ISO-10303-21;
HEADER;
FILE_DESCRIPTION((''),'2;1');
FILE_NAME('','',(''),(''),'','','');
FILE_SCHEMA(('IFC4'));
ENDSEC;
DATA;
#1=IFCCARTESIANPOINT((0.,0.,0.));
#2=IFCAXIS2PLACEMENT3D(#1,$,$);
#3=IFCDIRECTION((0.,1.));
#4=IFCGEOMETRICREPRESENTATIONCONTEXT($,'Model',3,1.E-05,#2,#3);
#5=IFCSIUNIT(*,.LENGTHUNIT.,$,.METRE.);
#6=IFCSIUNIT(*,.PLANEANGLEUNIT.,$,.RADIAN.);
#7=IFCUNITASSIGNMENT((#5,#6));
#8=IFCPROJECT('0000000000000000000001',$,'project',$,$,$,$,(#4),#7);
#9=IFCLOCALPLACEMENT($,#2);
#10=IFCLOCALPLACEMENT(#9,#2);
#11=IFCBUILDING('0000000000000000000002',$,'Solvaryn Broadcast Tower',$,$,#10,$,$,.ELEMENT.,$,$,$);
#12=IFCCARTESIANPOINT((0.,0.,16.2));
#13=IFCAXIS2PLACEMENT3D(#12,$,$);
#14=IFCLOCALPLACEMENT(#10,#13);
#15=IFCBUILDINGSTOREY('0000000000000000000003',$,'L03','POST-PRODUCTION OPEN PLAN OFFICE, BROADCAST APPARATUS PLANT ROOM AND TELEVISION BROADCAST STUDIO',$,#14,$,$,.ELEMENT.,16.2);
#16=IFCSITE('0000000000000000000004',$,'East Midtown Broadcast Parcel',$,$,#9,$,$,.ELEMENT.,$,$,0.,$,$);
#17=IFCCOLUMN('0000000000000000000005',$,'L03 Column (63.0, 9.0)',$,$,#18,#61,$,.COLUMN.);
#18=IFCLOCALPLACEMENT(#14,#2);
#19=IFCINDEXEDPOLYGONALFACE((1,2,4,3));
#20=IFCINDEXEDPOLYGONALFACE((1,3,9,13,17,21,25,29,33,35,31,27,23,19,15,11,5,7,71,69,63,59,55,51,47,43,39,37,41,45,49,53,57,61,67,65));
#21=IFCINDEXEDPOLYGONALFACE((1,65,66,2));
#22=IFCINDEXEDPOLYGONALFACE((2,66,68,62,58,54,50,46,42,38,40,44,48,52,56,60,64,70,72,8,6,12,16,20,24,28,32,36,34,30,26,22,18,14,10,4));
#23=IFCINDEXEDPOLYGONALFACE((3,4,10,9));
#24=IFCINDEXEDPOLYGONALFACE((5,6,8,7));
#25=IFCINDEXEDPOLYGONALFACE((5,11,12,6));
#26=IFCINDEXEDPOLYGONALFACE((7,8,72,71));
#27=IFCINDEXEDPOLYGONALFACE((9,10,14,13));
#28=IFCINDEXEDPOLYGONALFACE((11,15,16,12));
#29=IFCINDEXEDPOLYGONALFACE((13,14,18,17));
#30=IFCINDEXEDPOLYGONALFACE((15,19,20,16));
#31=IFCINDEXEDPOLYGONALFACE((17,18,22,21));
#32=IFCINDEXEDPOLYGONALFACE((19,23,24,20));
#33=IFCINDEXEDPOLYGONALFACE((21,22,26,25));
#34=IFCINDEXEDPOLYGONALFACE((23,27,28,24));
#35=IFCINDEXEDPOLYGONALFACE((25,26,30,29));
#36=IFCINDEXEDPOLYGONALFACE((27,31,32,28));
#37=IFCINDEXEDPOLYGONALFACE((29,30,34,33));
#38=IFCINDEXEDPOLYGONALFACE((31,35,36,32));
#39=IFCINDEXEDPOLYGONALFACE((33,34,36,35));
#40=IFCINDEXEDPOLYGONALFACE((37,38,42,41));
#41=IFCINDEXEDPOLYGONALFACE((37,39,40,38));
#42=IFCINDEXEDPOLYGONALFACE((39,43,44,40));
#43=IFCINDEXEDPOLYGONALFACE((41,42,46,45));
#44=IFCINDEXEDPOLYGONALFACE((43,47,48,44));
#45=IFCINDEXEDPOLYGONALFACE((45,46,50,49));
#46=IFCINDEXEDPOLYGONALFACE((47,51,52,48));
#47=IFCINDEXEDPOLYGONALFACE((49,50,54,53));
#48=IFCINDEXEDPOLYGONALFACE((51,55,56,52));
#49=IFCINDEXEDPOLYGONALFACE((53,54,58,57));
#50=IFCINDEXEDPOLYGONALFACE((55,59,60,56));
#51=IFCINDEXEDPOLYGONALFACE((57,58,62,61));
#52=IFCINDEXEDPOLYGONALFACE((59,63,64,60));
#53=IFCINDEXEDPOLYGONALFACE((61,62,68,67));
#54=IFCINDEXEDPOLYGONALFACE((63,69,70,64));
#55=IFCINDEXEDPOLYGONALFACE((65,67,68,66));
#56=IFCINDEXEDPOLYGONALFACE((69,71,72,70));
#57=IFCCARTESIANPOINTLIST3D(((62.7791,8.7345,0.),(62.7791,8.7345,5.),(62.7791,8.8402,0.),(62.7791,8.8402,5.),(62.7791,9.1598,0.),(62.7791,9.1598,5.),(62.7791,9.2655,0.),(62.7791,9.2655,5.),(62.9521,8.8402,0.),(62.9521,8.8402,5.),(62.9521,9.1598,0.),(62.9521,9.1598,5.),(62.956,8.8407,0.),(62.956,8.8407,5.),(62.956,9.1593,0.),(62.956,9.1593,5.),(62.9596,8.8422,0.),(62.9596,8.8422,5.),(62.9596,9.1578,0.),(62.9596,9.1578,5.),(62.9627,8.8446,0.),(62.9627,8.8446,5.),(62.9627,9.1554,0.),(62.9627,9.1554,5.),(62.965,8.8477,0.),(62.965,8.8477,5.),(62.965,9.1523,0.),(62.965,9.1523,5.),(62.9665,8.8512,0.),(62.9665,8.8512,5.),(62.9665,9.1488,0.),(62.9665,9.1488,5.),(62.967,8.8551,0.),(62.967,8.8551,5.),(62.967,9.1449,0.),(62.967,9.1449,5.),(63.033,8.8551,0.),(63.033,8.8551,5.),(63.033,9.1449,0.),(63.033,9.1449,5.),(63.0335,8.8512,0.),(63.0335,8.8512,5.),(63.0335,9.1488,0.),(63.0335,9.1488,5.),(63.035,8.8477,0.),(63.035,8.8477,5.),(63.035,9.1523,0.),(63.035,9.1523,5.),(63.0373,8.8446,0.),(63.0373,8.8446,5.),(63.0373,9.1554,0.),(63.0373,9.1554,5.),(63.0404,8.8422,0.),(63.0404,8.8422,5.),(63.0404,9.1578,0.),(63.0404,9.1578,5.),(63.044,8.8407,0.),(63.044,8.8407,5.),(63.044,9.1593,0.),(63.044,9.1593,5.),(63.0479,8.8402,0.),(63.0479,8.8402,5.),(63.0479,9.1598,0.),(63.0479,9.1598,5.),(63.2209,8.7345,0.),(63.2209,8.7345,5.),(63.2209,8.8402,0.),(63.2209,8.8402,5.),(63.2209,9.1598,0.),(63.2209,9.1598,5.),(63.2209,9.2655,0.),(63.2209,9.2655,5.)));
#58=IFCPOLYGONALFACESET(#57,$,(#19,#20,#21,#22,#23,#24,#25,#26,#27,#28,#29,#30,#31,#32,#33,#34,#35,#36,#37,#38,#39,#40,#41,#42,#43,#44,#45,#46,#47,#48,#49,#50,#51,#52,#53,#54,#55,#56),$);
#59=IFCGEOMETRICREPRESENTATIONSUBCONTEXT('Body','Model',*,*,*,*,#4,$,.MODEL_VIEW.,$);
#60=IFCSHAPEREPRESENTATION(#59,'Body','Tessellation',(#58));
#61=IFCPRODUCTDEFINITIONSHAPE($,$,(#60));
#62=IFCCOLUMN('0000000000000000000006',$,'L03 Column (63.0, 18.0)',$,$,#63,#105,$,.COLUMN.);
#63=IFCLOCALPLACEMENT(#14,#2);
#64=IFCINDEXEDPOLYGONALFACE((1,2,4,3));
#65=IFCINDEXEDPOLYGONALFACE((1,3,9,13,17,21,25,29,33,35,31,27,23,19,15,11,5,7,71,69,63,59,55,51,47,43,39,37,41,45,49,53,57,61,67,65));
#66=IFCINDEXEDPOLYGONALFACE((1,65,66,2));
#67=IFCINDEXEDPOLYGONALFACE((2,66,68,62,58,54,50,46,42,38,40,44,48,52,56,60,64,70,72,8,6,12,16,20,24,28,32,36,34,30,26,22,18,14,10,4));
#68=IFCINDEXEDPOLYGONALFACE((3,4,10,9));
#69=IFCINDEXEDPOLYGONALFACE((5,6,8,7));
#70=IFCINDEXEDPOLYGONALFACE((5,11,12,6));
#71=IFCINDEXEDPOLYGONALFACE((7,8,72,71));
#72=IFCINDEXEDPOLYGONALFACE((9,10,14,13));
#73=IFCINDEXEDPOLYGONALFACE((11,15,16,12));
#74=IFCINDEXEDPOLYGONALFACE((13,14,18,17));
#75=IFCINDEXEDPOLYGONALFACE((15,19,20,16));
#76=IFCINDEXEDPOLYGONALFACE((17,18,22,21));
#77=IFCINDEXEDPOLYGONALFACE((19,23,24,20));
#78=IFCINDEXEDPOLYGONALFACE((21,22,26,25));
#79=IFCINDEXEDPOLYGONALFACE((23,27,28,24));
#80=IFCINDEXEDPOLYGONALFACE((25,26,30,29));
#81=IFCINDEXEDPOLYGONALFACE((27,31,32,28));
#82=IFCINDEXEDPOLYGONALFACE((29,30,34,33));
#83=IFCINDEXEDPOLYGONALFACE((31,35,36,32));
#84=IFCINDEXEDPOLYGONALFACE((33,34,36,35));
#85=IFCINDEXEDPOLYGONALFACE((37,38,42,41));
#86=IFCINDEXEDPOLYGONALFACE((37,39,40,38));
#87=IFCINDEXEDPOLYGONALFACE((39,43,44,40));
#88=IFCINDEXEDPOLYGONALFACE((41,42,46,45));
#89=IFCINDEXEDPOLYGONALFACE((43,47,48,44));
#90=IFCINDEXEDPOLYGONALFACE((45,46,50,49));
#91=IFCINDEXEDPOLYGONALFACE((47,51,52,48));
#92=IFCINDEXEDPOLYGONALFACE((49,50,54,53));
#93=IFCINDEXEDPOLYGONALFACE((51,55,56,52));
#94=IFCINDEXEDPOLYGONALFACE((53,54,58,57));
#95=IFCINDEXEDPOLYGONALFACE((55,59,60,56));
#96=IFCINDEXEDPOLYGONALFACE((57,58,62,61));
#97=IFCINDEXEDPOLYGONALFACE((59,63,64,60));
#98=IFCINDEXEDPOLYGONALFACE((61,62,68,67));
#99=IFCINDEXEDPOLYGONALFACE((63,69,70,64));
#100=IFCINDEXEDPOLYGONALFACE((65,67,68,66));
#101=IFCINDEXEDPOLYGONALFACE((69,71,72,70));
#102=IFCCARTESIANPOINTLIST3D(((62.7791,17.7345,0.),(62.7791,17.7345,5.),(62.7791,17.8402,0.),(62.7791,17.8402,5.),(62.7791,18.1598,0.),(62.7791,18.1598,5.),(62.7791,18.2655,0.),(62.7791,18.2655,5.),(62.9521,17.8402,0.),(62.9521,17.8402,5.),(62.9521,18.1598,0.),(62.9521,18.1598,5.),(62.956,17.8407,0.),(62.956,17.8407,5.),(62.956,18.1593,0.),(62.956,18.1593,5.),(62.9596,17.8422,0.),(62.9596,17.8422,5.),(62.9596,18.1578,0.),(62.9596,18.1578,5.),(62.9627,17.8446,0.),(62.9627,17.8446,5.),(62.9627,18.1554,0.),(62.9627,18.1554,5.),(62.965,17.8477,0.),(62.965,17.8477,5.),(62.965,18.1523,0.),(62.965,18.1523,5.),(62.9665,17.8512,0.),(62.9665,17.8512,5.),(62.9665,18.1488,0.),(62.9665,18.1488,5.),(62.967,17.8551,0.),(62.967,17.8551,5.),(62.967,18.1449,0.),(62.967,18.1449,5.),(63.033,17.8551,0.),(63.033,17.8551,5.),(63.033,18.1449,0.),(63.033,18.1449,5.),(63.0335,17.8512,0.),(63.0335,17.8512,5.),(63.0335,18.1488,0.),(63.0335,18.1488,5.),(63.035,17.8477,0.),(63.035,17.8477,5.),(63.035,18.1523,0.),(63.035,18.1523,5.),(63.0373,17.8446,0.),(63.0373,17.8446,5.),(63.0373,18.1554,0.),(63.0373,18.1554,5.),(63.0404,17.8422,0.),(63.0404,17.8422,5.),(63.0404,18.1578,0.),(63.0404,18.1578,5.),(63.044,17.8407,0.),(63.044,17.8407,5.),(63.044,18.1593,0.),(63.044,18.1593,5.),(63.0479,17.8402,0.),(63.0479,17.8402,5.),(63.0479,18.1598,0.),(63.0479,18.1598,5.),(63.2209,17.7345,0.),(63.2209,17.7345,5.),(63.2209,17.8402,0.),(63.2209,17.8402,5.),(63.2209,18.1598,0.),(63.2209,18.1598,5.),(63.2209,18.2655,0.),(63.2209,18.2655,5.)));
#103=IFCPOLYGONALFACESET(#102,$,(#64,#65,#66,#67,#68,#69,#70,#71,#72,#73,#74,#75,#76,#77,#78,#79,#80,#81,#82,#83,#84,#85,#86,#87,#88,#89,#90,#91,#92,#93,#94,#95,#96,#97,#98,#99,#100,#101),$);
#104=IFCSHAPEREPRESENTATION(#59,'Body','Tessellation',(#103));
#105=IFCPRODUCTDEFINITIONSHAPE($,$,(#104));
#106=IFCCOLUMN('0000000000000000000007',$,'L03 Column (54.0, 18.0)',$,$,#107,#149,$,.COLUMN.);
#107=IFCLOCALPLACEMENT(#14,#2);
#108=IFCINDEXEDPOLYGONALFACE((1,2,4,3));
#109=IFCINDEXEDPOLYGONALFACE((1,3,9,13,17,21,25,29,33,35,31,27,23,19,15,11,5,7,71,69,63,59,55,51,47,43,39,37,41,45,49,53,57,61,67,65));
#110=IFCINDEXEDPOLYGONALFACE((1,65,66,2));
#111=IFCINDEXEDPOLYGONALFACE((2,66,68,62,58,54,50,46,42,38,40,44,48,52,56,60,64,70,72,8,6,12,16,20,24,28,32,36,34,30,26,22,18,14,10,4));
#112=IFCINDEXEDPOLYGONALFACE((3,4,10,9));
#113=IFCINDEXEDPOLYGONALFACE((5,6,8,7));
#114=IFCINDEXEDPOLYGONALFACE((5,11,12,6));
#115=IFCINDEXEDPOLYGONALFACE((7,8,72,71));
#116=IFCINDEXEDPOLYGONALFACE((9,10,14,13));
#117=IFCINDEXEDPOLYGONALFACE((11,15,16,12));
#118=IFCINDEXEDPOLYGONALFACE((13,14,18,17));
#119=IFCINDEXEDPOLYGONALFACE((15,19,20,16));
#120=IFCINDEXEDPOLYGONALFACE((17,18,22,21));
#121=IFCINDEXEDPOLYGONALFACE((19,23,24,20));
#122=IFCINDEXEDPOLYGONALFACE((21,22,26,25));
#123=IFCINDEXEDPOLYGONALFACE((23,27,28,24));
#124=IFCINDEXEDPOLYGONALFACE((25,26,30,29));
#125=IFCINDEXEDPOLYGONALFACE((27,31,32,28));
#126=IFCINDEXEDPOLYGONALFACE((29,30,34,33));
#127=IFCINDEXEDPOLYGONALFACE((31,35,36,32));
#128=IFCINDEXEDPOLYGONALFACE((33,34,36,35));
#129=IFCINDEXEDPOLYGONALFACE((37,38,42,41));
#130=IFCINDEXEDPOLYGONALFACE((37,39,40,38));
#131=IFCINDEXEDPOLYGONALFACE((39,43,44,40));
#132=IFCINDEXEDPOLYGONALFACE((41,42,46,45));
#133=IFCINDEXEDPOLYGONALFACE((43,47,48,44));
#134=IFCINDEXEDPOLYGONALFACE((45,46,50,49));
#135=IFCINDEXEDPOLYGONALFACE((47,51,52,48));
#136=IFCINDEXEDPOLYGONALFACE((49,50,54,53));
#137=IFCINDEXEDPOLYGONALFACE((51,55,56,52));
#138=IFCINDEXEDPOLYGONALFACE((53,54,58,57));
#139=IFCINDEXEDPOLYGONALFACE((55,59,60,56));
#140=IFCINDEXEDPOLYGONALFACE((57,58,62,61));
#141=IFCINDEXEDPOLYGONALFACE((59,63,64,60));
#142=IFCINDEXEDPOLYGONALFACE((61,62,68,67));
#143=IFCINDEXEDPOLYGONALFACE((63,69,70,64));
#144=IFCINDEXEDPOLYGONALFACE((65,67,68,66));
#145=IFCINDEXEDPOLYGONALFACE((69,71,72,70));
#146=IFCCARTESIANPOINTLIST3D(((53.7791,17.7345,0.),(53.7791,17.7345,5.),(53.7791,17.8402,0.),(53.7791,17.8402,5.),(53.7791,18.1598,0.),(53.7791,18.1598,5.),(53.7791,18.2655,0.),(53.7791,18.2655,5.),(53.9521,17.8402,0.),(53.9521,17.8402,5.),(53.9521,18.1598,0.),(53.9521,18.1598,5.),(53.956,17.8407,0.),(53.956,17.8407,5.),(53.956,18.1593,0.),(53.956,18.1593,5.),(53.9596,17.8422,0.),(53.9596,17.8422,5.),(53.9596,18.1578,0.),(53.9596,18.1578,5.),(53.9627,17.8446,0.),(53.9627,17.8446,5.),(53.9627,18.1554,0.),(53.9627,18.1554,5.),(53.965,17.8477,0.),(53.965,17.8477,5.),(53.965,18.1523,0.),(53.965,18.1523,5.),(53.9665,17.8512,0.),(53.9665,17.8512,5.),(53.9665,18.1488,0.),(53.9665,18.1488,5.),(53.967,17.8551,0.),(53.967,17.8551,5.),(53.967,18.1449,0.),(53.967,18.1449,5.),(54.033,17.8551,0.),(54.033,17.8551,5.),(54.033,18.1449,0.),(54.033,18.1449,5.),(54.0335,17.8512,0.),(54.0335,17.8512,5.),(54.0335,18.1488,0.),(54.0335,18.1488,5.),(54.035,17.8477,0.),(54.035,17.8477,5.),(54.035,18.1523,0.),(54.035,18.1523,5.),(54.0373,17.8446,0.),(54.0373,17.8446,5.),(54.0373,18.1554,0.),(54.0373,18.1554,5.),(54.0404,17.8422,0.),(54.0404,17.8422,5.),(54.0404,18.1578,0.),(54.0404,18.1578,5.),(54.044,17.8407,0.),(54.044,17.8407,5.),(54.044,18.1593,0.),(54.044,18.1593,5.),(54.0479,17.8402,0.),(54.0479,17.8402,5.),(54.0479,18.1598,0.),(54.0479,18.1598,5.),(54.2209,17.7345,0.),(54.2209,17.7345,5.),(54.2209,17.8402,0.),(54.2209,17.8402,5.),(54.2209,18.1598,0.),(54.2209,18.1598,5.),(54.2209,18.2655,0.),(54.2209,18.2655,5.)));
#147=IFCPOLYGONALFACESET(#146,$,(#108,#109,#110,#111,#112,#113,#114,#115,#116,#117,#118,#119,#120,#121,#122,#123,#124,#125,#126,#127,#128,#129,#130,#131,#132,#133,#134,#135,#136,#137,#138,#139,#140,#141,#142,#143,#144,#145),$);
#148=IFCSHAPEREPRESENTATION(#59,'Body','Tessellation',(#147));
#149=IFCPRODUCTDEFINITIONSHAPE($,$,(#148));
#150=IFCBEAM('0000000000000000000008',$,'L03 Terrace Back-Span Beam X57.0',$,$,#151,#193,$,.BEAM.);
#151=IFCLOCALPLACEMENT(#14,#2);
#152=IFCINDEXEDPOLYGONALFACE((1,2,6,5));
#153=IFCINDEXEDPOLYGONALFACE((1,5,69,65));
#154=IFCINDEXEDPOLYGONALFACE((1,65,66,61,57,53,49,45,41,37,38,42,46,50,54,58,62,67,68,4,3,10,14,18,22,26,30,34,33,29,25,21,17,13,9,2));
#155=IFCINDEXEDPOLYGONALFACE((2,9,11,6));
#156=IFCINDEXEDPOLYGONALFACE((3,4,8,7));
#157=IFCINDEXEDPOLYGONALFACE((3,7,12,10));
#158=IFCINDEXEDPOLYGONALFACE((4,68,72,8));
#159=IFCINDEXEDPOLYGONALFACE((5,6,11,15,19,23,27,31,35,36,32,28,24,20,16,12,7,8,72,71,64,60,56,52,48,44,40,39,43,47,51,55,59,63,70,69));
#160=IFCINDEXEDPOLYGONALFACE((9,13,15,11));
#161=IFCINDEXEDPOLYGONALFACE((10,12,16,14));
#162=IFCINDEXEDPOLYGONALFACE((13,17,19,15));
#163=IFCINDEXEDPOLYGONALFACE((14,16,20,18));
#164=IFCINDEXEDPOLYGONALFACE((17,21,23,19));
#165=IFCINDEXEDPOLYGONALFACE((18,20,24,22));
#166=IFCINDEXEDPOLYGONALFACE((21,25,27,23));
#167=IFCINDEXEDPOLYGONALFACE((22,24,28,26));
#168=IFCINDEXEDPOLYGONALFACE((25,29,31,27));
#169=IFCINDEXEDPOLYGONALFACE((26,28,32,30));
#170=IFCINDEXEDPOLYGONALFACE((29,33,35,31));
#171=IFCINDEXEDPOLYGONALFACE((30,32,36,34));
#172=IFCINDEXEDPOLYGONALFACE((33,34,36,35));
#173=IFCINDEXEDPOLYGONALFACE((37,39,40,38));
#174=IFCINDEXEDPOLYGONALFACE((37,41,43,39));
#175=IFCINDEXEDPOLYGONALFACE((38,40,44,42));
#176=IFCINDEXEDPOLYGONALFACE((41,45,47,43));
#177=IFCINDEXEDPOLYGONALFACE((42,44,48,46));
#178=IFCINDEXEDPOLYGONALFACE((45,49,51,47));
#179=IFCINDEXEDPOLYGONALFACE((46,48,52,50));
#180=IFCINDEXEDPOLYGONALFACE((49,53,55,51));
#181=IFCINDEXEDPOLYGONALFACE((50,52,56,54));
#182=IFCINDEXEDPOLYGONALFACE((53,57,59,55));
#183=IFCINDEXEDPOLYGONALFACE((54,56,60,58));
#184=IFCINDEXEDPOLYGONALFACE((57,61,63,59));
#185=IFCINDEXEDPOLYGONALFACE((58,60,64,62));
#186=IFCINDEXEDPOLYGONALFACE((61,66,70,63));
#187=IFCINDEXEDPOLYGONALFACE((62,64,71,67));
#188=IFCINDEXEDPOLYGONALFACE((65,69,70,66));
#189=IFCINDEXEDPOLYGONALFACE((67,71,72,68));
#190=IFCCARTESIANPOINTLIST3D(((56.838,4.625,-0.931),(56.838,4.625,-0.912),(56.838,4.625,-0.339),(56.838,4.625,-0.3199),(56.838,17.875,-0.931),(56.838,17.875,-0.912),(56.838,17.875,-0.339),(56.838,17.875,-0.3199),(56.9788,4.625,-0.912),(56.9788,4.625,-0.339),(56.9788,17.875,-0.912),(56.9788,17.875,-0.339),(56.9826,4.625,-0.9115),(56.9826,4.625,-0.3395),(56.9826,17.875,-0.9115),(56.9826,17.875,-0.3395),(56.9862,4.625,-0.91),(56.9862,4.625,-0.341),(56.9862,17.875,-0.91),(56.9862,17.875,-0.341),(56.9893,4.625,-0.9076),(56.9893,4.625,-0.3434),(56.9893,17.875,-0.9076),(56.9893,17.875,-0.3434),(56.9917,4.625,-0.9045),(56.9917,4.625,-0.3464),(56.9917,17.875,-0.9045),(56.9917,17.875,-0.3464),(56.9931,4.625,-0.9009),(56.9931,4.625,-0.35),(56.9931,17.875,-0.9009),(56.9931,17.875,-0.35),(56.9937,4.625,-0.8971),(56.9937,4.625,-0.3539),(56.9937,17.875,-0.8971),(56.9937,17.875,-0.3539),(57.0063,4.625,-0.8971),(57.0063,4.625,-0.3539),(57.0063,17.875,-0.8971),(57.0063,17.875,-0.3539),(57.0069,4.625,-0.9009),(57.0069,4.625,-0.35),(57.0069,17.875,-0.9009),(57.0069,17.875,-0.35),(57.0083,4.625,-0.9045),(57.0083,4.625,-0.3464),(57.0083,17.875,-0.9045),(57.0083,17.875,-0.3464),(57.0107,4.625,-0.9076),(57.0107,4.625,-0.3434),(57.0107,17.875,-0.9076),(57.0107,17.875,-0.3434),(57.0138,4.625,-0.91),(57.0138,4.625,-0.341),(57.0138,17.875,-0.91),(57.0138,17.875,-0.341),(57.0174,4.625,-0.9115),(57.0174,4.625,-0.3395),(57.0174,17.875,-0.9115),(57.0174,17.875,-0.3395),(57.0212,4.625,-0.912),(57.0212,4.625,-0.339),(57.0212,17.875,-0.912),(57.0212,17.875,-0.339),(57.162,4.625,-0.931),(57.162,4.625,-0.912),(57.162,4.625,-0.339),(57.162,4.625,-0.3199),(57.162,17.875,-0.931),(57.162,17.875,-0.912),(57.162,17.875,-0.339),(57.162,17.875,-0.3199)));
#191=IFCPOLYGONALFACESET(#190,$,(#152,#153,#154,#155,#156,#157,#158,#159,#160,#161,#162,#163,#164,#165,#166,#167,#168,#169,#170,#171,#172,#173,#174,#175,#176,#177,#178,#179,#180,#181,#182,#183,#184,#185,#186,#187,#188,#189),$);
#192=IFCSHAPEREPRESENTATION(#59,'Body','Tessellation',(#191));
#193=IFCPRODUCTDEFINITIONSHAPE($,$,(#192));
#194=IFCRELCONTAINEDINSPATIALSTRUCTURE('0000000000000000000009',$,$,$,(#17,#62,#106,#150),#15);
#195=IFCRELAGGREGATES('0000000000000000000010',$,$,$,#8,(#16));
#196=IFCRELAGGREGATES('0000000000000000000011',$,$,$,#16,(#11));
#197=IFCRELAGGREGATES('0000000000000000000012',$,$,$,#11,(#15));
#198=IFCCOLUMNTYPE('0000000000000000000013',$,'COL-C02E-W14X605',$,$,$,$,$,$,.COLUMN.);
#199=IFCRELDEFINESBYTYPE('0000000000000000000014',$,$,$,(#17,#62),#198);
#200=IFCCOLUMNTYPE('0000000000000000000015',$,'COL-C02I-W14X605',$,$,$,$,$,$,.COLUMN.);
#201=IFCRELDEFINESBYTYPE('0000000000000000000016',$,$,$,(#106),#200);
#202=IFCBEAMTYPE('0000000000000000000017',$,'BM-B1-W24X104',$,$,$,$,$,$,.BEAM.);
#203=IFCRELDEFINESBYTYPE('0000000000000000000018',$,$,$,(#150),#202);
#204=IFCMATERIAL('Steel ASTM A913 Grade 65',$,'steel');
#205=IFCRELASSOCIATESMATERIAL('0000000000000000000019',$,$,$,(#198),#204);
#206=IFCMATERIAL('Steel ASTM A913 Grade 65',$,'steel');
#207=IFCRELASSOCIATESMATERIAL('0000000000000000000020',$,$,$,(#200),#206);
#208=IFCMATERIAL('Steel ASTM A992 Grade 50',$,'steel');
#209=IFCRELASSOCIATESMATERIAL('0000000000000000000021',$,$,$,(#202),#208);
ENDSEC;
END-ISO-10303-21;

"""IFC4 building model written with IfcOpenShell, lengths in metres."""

from ifc_helpers import new_model, si_unit, direction, frame, origin, origin_2d, place, context, subcontext, project, spatial, i_section, extrude, material, material_profile, profile_set, type_object, element, save


model = new_model("IFC4")

# Units and contexts
model_context = context("Model", 3, precision=1e-05, world=origin(), true_north=direction((0.0, 1.0)))
body_context = subcontext(model_context, "Body", "Model", "MODEL_VIEW")
ifc_project = project(units=[si_unit("LENGTHUNIT", "METRE"), si_unit("PLANEANGLEUNIT", "RADIAN")], contexts=[model_context])

# Site, building, storey
site_placement = place(None, origin())
site = spatial("IfcSite", under=ifc_project, at=site_placement, Name="East Midtown Broadcast Parcel", CompositionType="ELEMENT", RefElevation=0.0)
building_placement = place(site_placement, origin())
building = spatial("IfcBuilding", under=site, at=building_placement, Name="Solvaryn Broadcast Tower", CompositionType="ELEMENT")
storey_placement = place(building_placement, frame((0.0, 0.0, 16.2)))
storey = spatial("IfcBuildingStorey", under=building, at=storey_placement, Name="L03", Description="POST-PRODUCTION OPEN PLAN OFFICE, BROADCAST APPARATUS PLANT ROOM AND TELEVISION BROADCAST STUDIO", CompositionType="ELEMENT", Elevation=16.2)

# Columns
ifc_material_1 = material(Name="Steel ASTM A913 Grade 65", Category="steel")
ifc_material_profile_1 = material_profile(ifc_material_1, i_section(OverallWidth=0.4419, OverallDepth=0.531, WebThickness=0.0659, FlangeThickness=0.1057, FilletRadius=0.0149, at=origin_2d()))
ifc_profile_set_1 = profile_set([ifc_material_profile_1], Name="Steel ASTM A913 Grade 65")
column_type_1 = type_object("IfcColumnType", Name="COL-C02E-W14X605", PredefinedType="COLUMN", material=ifc_profile_set_1)
for number, where, z_axis, x_axis, name in (
    (1, (63.0, 9.0, 0.0), (0.0, 0.0, 1.0), (1.0, 0.0, 0.0), "L03 Column (63.0, 9.0)"),
    (2, (63.0, 18.0, 0.0), (0.0, 0.0, 1.0), (1.0, 0.0, 0.0), "L03 Column (63.0, 18.0)"),
):
    element("IfcColumn", number, at=place(storey_placement, frame(where, z_axis=z_axis, x_axis=x_axis)), inside=storey, type_object=column_type_1, Name=name, PredefinedType="COLUMN", context=body_context, shape_type="SweptSolid", body=[
        extrude(i_section(OverallWidth=0.4419, OverallDepth=0.531, WebThickness=0.0659, FlangeThickness=0.1057, FilletRadius=0.0149, at=origin_2d()), origin(), (0.0, 0.0, 1.0), 5.0),
    ])
ifc_material_2 = material(Name="Steel ASTM A913 Grade 65", Category="steel")
ifc_material_profile_2 = material_profile(ifc_material_2, i_section(OverallWidth=0.4419, OverallDepth=0.531, WebThickness=0.0659, FlangeThickness=0.1057, FilletRadius=0.0149, at=origin_2d()))
ifc_profile_set_2 = profile_set([ifc_material_profile_2], Name="Steel ASTM A913 Grade 65")
column_type_2 = type_object("IfcColumnType", Name="COL-C02I-W14X605", PredefinedType="COLUMN", material=ifc_profile_set_2)
column_placement = place(storey_placement, frame((54.0, 18.0, 0.0), z_axis=(0.0, 0.0, 1.0), x_axis=(1.0, 0.0, 0.0)))
element("IfcColumn", 3, at=column_placement, inside=storey, type_object=column_type_2, Name="L03 Column (54.0, 18.0)", PredefinedType="COLUMN", context=body_context, shape_type="SweptSolid", body=[
    extrude(i_section(OverallWidth=0.4419, OverallDepth=0.531, WebThickness=0.0659, FlangeThickness=0.1057, FilletRadius=0.0149, at=origin_2d()), origin(), (0.0, 0.0, 1.0), 5.0),
])

# Beam
ifc_material_3 = material(Name="Steel ASTM A992 Grade 50", Category="steel")
ifc_material_profile_3 = material_profile(ifc_material_3, i_section(OverallWidth=0.324, OverallDepth=0.6111, WebThickness=0.0127, FlangeThickness=0.019, FilletRadius=0.0149, at=origin_2d()))
ifc_profile_set_3 = profile_set([ifc_material_profile_3], Name="Steel ASTM A992 Grade 50")
beam_type_1 = type_object("IfcBeamType", Name="BM-B1-W24X104", PredefinedType="BEAM", material=ifc_profile_set_3)
beam_1_placement = place(storey_placement, frame((57.0, 17.875, -0.6255), z_axis=(0.0, -1.0, 0.0), x_axis=(1.0, 0.0, 0.0)))
element("IfcBeam", 4, at=beam_1_placement, inside=storey, type_object=beam_type_1, Name="L03 Terrace Back-Span Beam X57.0", PredefinedType="BEAM", context=body_context, shape_type="SweptSolid", body=[
    extrude(i_section(OverallWidth=0.324, OverallDepth=0.6111, WebThickness=0.0127, FlangeThickness=0.019, FilletRadius=0.0149, at=origin_2d()), origin(), (0.0, 0.0, 1.0), 13.25),
])

save(model, "model.ifc")
